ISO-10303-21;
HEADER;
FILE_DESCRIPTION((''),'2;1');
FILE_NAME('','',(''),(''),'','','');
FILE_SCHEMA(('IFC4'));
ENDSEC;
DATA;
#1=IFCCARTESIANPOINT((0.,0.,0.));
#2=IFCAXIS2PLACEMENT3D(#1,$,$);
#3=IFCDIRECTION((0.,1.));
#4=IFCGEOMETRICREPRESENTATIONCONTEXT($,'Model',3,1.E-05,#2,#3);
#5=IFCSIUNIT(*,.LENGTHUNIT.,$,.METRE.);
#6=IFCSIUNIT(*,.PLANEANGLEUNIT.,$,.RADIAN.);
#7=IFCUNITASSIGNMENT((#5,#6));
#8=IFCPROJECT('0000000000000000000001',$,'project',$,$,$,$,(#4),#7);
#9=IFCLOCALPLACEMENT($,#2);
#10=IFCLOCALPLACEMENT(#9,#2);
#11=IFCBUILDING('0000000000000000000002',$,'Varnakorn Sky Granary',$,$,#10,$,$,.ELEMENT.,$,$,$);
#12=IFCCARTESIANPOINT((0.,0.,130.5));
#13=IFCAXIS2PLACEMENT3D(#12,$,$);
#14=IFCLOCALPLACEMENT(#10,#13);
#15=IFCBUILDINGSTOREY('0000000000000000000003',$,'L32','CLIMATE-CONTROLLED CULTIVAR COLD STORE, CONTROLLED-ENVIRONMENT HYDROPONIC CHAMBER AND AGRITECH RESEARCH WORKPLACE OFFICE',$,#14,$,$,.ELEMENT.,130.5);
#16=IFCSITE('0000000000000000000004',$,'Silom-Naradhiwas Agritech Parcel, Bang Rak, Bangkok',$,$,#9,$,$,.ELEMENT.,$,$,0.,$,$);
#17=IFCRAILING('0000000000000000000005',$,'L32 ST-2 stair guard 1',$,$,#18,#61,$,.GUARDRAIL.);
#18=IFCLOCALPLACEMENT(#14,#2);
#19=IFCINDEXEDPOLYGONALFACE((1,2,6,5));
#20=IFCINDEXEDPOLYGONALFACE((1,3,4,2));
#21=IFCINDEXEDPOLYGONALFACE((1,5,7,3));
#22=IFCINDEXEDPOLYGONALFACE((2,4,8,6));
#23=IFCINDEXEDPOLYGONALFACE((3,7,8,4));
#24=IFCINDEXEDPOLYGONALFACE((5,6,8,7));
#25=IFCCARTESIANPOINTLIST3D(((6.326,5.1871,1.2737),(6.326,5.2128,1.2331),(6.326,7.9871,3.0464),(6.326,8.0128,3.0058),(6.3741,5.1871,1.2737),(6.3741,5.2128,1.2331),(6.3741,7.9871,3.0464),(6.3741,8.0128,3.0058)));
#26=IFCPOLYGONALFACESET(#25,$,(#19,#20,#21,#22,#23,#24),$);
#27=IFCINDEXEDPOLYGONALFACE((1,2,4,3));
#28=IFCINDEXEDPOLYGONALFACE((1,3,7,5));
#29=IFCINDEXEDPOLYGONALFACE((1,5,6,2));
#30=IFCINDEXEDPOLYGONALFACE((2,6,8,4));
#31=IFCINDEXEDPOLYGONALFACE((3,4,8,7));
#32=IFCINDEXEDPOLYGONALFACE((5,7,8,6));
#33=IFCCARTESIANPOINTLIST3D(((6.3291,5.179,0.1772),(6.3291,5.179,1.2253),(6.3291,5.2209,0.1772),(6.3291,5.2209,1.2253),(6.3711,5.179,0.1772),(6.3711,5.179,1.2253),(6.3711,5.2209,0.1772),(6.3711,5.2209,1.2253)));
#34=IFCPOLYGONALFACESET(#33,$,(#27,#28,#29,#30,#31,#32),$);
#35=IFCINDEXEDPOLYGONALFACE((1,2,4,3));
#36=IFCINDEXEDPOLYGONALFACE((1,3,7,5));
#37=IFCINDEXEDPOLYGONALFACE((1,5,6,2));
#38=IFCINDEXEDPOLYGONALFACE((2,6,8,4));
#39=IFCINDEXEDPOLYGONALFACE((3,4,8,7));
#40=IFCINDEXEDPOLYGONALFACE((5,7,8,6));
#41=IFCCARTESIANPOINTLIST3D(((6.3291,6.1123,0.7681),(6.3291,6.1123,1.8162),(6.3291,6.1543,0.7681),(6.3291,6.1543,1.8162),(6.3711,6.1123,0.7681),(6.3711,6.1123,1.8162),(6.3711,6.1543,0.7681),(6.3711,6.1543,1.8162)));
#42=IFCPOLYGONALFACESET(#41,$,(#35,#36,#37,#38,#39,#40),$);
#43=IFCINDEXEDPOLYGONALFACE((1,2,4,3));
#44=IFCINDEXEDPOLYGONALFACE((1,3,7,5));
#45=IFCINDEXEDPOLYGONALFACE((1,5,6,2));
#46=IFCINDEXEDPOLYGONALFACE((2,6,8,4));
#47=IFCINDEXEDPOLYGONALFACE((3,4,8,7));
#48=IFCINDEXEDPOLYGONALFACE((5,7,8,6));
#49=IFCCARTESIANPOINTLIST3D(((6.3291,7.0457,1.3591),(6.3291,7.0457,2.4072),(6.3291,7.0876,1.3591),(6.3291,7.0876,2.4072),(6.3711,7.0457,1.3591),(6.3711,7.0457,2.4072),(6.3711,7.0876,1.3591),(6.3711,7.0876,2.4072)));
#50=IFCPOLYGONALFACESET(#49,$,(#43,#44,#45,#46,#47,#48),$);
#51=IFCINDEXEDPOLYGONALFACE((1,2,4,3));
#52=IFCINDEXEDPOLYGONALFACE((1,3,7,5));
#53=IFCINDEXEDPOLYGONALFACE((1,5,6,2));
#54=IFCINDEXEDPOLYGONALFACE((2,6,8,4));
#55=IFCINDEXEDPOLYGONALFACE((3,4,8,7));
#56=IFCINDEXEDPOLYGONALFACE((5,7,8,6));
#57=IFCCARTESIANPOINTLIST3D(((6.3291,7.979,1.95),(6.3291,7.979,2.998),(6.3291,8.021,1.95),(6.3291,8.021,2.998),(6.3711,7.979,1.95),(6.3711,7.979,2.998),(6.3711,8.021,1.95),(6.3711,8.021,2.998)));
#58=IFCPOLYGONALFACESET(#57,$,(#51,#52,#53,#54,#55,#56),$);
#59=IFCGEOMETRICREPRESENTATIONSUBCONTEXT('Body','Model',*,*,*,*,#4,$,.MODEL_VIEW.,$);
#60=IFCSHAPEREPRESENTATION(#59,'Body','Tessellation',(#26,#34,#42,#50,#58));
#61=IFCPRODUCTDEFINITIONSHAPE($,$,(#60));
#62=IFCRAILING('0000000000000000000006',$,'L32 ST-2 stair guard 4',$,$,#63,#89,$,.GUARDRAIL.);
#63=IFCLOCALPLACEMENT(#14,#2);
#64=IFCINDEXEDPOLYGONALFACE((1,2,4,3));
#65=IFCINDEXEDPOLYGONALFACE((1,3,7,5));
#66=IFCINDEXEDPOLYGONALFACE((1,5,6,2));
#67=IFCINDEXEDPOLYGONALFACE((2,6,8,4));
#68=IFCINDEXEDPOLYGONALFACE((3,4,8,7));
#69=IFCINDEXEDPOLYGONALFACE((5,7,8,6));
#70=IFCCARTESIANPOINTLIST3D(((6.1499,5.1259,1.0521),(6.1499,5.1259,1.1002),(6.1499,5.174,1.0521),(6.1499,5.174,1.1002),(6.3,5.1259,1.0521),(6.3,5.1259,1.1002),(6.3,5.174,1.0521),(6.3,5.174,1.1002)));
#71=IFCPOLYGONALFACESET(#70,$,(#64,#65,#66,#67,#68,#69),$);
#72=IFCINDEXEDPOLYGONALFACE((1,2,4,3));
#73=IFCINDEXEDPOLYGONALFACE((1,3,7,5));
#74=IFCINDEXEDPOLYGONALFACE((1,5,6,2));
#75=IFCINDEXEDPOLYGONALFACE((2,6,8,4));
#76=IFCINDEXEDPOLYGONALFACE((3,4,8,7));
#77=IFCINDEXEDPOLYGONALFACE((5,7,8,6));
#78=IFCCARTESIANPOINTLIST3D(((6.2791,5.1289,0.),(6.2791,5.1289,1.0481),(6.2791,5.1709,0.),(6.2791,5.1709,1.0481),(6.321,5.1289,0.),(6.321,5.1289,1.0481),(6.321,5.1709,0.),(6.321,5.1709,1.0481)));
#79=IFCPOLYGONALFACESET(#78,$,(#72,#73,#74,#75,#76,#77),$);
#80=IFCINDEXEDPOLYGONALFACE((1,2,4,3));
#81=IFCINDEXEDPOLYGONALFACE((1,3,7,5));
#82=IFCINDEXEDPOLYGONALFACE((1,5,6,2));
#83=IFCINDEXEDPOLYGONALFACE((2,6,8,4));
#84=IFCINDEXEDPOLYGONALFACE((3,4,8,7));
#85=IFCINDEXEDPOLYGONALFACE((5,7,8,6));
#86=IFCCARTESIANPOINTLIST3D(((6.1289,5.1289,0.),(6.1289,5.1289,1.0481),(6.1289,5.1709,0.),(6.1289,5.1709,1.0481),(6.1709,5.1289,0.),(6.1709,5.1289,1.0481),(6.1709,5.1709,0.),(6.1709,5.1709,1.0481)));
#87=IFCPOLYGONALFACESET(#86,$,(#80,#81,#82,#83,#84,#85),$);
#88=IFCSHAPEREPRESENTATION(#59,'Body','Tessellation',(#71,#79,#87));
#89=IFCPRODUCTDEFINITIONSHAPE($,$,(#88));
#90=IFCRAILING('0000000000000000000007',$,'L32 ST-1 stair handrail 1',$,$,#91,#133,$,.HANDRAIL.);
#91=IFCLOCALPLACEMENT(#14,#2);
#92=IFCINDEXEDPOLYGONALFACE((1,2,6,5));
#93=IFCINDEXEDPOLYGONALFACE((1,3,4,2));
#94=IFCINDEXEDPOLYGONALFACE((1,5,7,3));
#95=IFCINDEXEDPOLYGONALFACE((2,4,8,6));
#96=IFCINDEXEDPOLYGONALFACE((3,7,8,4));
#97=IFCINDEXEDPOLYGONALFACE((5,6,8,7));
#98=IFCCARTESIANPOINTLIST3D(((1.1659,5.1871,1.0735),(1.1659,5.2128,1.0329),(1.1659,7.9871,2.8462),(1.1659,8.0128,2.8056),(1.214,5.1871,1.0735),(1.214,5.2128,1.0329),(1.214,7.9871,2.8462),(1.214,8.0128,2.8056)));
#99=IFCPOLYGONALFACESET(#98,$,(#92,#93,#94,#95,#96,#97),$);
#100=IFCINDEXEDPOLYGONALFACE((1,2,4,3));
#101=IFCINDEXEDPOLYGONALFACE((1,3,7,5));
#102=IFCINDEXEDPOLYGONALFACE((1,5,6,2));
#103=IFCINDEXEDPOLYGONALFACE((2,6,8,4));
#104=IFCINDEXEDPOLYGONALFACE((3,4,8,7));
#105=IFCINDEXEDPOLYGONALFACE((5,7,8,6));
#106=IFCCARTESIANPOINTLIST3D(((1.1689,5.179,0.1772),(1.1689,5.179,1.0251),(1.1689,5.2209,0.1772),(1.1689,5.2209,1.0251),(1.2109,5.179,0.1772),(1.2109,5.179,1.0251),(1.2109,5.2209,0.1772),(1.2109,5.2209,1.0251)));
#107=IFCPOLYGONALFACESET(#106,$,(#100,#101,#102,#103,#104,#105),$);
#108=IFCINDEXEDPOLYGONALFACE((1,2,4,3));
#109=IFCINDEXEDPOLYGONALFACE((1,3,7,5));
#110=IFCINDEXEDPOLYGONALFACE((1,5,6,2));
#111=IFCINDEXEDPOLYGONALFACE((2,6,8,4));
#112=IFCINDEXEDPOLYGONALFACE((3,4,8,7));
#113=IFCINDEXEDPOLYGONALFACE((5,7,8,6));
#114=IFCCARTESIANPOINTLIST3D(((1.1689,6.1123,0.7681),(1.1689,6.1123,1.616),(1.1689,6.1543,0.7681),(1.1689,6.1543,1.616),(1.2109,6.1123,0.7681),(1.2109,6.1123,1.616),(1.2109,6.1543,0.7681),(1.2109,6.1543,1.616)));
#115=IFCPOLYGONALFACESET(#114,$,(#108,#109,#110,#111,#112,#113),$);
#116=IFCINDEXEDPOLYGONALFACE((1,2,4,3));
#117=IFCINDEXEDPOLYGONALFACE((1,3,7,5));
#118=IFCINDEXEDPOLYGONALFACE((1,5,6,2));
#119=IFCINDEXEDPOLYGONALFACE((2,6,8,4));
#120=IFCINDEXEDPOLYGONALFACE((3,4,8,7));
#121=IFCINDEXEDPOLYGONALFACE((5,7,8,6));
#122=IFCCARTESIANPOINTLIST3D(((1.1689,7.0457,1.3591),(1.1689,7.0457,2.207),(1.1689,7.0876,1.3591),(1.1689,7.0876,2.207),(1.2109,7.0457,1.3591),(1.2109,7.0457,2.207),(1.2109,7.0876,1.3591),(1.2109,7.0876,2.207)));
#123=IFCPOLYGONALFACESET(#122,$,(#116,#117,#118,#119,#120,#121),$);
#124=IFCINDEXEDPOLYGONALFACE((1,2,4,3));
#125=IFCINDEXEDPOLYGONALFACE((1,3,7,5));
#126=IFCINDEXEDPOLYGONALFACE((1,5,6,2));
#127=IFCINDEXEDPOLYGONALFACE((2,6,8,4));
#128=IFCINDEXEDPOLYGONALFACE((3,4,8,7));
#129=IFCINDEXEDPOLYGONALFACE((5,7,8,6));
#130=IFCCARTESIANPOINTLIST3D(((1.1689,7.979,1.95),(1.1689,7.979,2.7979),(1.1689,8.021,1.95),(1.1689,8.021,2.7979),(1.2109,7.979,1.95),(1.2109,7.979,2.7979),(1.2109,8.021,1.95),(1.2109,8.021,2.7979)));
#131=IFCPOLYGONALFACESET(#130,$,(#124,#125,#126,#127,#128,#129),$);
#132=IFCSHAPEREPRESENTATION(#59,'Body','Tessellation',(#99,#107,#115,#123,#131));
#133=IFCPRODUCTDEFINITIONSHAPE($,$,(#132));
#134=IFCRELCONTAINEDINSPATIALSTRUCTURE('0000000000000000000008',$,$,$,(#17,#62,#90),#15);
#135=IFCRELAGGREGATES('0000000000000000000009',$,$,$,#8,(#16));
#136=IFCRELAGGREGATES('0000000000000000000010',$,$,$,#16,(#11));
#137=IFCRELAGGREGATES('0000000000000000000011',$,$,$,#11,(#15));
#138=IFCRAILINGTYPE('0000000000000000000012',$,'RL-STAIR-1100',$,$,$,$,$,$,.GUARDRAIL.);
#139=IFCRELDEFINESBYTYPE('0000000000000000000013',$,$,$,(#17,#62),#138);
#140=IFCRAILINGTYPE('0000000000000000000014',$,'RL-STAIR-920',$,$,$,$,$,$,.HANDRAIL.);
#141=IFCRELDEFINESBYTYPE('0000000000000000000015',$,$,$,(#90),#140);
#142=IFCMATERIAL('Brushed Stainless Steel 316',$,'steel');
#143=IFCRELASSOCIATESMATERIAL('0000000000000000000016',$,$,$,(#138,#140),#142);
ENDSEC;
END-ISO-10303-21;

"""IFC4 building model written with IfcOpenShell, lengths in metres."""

from ifc_helpers import new_model, si_unit, direction, frame, origin, origin_2d, place, context, subcontext, project, spatial, rectangle, extrude, material, type_object, element, save


model = new_model("IFC4")

# Units and contexts
model_context = context("Model", 3, precision=1e-05, world=origin(), true_north=direction((0.0, 1.0)))
body_context = subcontext(model_context, "Body", "Model", "MODEL_VIEW")
ifc_project = project(units=[si_unit("LENGTHUNIT", "METRE"), si_unit("PLANEANGLEUNIT", "RADIAN")], contexts=[model_context])

# Site, building, storey
site_placement = place(None, origin())
site = spatial("IfcSite", under=ifc_project, at=site_placement, Name="Silom-Naradhiwas Agritech Parcel, Bang Rak, Bangkok", CompositionType="ELEMENT", RefElevation=0.0)
building_placement = place(site_placement, origin())
building = spatial("IfcBuilding", under=site, at=building_placement, Name="Varnakorn Sky Granary", CompositionType="ELEMENT")
storey_placement = place(building_placement, frame((0.0, 0.0, 130.5)))
storey = spatial("IfcBuildingStorey", under=building, at=storey_placement, Name="L32", Description="CLIMATE-CONTROLLED CULTIVAR COLD STORE, CONTROLLED-ENVIRONMENT HYDROPONIC CHAMBER AND AGRITECH RESEARCH WORKPLACE OFFICE", CompositionType="ELEMENT", Elevation=130.5)

# Railings
ifc_material_1 = material(Name="Brushed Stainless Steel 316", Category="steel")
railing_type_1 = type_object("IfcRailingType", Name="RL-STAIR-1100", PredefinedType="GUARDRAIL", material=ifc_material_1)
railing_1_placement = place(storey_placement, frame((6.3501, 5.2, 0.1772)))
element("IfcRailing", 1, at=railing_1_placement, inside=storey, type_object=railing_type_1, Name="L32 ST-2 stair guard 1", PredefinedType="GUARDRAIL", context=body_context, shape_type="SweptSolid", body=[
    extrude(rectangle(XDim=0.0481, YDim=0.0481, at=origin_2d()), frame((0.0, 0.0, 1.0762), z_axis=(0.0, 0.844909, 0.53491), x_axis=(-1.0, 0.0, 0.0)), (0.0, 0.0, 1.0), 3.314),
    extrude(rectangle(XDim=0.042, YDim=0.042, at=origin_2d()), origin(), (0.0, 0.0, 1.0), 1.0481),
    extrude(rectangle(XDim=0.042, YDim=0.042, at=origin_2d()), frame((0.0, 0.9333, 0.5908)), (0.0, 0.0, 1.0), 1.0481),
    extrude(rectangle(XDim=0.042, YDim=0.042, at=origin_2d()), frame((0.0, 1.8667, 1.1819)), (0.0, 0.0, 1.0), 1.0481),
    extrude(rectangle(XDim=0.042, YDim=0.042, at=origin_2d()), frame((0.0, 2.8, 1.7727)), (0.0, 0.0, 1.0), 1.0481),
])
railing_2_placement = place(storey_placement, frame((6.3, 5.1499, 0.0)))
element("IfcRailing", 2, at=railing_2_placement, inside=storey, type_object=railing_type_1, Name="L32 ST-2 stair guard 4", PredefinedType="GUARDRAIL", context=body_context, shape_type="SweptSolid", body=[
    extrude(rectangle(XDim=0.0481, YDim=0.0481, at=origin_2d()), frame((0.0, 0.0, 1.0762), z_axis=(-1.0, 0.0, 0.0), x_axis=(0.0, -1.0, 0.0)), (0.0, 0.0, 1.0), 0.1501),
    extrude(rectangle(XDim=0.042, YDim=0.042, at=origin_2d()), origin(), (0.0, 0.0, 1.0), 1.0481),
    extrude(rectangle(XDim=0.042, YDim=0.042, at=origin_2d()), frame((-0.1501, 0.0, 0.0)), (0.0, 0.0, 1.0), 1.0481),
])
railing_type_2 = type_object("IfcRailingType", Name="RL-STAIR-920", PredefinedType="HANDRAIL", material=ifc_material_1)
railing_3_placement = place(storey_placement, frame((1.1899, 5.2, 0.1772)))
element("IfcRailing", 3, at=railing_3_placement, inside=storey, type_object=railing_type_2, Name="L32 ST-1 stair handrail 1", PredefinedType="HANDRAIL", context=body_context, shape_type="SweptSolid", body=[
    extrude(rectangle(XDim=0.0481, YDim=0.0481, at=origin_2d()), frame((0.0, 0.0, 0.876), z_axis=(0.0, 0.844909, 0.53491), x_axis=(-1.0, 0.0, 0.0)), (0.0, 0.0, 1.0), 3.314),
    extrude(rectangle(XDim=0.042, YDim=0.042, at=origin_2d()), origin(), (0.0, 0.0, 1.0), 0.8479),
    extrude(rectangle(XDim=0.042, YDim=0.042, at=origin_2d()), frame((0.0, 0.9333, 0.5908)), (0.0, 0.0, 1.0), 0.8479),
    extrude(rectangle(XDim=0.042, YDim=0.042, at=origin_2d()), frame((0.0, 1.8667, 1.1819)), (0.0, 0.0, 1.0), 0.8479),
    extrude(rectangle(XDim=0.042, YDim=0.042, at=origin_2d()), frame((0.0, 2.8, 1.7727)), (0.0, 0.0, 1.0), 0.8479),
])

save(model, "model.ifc")
